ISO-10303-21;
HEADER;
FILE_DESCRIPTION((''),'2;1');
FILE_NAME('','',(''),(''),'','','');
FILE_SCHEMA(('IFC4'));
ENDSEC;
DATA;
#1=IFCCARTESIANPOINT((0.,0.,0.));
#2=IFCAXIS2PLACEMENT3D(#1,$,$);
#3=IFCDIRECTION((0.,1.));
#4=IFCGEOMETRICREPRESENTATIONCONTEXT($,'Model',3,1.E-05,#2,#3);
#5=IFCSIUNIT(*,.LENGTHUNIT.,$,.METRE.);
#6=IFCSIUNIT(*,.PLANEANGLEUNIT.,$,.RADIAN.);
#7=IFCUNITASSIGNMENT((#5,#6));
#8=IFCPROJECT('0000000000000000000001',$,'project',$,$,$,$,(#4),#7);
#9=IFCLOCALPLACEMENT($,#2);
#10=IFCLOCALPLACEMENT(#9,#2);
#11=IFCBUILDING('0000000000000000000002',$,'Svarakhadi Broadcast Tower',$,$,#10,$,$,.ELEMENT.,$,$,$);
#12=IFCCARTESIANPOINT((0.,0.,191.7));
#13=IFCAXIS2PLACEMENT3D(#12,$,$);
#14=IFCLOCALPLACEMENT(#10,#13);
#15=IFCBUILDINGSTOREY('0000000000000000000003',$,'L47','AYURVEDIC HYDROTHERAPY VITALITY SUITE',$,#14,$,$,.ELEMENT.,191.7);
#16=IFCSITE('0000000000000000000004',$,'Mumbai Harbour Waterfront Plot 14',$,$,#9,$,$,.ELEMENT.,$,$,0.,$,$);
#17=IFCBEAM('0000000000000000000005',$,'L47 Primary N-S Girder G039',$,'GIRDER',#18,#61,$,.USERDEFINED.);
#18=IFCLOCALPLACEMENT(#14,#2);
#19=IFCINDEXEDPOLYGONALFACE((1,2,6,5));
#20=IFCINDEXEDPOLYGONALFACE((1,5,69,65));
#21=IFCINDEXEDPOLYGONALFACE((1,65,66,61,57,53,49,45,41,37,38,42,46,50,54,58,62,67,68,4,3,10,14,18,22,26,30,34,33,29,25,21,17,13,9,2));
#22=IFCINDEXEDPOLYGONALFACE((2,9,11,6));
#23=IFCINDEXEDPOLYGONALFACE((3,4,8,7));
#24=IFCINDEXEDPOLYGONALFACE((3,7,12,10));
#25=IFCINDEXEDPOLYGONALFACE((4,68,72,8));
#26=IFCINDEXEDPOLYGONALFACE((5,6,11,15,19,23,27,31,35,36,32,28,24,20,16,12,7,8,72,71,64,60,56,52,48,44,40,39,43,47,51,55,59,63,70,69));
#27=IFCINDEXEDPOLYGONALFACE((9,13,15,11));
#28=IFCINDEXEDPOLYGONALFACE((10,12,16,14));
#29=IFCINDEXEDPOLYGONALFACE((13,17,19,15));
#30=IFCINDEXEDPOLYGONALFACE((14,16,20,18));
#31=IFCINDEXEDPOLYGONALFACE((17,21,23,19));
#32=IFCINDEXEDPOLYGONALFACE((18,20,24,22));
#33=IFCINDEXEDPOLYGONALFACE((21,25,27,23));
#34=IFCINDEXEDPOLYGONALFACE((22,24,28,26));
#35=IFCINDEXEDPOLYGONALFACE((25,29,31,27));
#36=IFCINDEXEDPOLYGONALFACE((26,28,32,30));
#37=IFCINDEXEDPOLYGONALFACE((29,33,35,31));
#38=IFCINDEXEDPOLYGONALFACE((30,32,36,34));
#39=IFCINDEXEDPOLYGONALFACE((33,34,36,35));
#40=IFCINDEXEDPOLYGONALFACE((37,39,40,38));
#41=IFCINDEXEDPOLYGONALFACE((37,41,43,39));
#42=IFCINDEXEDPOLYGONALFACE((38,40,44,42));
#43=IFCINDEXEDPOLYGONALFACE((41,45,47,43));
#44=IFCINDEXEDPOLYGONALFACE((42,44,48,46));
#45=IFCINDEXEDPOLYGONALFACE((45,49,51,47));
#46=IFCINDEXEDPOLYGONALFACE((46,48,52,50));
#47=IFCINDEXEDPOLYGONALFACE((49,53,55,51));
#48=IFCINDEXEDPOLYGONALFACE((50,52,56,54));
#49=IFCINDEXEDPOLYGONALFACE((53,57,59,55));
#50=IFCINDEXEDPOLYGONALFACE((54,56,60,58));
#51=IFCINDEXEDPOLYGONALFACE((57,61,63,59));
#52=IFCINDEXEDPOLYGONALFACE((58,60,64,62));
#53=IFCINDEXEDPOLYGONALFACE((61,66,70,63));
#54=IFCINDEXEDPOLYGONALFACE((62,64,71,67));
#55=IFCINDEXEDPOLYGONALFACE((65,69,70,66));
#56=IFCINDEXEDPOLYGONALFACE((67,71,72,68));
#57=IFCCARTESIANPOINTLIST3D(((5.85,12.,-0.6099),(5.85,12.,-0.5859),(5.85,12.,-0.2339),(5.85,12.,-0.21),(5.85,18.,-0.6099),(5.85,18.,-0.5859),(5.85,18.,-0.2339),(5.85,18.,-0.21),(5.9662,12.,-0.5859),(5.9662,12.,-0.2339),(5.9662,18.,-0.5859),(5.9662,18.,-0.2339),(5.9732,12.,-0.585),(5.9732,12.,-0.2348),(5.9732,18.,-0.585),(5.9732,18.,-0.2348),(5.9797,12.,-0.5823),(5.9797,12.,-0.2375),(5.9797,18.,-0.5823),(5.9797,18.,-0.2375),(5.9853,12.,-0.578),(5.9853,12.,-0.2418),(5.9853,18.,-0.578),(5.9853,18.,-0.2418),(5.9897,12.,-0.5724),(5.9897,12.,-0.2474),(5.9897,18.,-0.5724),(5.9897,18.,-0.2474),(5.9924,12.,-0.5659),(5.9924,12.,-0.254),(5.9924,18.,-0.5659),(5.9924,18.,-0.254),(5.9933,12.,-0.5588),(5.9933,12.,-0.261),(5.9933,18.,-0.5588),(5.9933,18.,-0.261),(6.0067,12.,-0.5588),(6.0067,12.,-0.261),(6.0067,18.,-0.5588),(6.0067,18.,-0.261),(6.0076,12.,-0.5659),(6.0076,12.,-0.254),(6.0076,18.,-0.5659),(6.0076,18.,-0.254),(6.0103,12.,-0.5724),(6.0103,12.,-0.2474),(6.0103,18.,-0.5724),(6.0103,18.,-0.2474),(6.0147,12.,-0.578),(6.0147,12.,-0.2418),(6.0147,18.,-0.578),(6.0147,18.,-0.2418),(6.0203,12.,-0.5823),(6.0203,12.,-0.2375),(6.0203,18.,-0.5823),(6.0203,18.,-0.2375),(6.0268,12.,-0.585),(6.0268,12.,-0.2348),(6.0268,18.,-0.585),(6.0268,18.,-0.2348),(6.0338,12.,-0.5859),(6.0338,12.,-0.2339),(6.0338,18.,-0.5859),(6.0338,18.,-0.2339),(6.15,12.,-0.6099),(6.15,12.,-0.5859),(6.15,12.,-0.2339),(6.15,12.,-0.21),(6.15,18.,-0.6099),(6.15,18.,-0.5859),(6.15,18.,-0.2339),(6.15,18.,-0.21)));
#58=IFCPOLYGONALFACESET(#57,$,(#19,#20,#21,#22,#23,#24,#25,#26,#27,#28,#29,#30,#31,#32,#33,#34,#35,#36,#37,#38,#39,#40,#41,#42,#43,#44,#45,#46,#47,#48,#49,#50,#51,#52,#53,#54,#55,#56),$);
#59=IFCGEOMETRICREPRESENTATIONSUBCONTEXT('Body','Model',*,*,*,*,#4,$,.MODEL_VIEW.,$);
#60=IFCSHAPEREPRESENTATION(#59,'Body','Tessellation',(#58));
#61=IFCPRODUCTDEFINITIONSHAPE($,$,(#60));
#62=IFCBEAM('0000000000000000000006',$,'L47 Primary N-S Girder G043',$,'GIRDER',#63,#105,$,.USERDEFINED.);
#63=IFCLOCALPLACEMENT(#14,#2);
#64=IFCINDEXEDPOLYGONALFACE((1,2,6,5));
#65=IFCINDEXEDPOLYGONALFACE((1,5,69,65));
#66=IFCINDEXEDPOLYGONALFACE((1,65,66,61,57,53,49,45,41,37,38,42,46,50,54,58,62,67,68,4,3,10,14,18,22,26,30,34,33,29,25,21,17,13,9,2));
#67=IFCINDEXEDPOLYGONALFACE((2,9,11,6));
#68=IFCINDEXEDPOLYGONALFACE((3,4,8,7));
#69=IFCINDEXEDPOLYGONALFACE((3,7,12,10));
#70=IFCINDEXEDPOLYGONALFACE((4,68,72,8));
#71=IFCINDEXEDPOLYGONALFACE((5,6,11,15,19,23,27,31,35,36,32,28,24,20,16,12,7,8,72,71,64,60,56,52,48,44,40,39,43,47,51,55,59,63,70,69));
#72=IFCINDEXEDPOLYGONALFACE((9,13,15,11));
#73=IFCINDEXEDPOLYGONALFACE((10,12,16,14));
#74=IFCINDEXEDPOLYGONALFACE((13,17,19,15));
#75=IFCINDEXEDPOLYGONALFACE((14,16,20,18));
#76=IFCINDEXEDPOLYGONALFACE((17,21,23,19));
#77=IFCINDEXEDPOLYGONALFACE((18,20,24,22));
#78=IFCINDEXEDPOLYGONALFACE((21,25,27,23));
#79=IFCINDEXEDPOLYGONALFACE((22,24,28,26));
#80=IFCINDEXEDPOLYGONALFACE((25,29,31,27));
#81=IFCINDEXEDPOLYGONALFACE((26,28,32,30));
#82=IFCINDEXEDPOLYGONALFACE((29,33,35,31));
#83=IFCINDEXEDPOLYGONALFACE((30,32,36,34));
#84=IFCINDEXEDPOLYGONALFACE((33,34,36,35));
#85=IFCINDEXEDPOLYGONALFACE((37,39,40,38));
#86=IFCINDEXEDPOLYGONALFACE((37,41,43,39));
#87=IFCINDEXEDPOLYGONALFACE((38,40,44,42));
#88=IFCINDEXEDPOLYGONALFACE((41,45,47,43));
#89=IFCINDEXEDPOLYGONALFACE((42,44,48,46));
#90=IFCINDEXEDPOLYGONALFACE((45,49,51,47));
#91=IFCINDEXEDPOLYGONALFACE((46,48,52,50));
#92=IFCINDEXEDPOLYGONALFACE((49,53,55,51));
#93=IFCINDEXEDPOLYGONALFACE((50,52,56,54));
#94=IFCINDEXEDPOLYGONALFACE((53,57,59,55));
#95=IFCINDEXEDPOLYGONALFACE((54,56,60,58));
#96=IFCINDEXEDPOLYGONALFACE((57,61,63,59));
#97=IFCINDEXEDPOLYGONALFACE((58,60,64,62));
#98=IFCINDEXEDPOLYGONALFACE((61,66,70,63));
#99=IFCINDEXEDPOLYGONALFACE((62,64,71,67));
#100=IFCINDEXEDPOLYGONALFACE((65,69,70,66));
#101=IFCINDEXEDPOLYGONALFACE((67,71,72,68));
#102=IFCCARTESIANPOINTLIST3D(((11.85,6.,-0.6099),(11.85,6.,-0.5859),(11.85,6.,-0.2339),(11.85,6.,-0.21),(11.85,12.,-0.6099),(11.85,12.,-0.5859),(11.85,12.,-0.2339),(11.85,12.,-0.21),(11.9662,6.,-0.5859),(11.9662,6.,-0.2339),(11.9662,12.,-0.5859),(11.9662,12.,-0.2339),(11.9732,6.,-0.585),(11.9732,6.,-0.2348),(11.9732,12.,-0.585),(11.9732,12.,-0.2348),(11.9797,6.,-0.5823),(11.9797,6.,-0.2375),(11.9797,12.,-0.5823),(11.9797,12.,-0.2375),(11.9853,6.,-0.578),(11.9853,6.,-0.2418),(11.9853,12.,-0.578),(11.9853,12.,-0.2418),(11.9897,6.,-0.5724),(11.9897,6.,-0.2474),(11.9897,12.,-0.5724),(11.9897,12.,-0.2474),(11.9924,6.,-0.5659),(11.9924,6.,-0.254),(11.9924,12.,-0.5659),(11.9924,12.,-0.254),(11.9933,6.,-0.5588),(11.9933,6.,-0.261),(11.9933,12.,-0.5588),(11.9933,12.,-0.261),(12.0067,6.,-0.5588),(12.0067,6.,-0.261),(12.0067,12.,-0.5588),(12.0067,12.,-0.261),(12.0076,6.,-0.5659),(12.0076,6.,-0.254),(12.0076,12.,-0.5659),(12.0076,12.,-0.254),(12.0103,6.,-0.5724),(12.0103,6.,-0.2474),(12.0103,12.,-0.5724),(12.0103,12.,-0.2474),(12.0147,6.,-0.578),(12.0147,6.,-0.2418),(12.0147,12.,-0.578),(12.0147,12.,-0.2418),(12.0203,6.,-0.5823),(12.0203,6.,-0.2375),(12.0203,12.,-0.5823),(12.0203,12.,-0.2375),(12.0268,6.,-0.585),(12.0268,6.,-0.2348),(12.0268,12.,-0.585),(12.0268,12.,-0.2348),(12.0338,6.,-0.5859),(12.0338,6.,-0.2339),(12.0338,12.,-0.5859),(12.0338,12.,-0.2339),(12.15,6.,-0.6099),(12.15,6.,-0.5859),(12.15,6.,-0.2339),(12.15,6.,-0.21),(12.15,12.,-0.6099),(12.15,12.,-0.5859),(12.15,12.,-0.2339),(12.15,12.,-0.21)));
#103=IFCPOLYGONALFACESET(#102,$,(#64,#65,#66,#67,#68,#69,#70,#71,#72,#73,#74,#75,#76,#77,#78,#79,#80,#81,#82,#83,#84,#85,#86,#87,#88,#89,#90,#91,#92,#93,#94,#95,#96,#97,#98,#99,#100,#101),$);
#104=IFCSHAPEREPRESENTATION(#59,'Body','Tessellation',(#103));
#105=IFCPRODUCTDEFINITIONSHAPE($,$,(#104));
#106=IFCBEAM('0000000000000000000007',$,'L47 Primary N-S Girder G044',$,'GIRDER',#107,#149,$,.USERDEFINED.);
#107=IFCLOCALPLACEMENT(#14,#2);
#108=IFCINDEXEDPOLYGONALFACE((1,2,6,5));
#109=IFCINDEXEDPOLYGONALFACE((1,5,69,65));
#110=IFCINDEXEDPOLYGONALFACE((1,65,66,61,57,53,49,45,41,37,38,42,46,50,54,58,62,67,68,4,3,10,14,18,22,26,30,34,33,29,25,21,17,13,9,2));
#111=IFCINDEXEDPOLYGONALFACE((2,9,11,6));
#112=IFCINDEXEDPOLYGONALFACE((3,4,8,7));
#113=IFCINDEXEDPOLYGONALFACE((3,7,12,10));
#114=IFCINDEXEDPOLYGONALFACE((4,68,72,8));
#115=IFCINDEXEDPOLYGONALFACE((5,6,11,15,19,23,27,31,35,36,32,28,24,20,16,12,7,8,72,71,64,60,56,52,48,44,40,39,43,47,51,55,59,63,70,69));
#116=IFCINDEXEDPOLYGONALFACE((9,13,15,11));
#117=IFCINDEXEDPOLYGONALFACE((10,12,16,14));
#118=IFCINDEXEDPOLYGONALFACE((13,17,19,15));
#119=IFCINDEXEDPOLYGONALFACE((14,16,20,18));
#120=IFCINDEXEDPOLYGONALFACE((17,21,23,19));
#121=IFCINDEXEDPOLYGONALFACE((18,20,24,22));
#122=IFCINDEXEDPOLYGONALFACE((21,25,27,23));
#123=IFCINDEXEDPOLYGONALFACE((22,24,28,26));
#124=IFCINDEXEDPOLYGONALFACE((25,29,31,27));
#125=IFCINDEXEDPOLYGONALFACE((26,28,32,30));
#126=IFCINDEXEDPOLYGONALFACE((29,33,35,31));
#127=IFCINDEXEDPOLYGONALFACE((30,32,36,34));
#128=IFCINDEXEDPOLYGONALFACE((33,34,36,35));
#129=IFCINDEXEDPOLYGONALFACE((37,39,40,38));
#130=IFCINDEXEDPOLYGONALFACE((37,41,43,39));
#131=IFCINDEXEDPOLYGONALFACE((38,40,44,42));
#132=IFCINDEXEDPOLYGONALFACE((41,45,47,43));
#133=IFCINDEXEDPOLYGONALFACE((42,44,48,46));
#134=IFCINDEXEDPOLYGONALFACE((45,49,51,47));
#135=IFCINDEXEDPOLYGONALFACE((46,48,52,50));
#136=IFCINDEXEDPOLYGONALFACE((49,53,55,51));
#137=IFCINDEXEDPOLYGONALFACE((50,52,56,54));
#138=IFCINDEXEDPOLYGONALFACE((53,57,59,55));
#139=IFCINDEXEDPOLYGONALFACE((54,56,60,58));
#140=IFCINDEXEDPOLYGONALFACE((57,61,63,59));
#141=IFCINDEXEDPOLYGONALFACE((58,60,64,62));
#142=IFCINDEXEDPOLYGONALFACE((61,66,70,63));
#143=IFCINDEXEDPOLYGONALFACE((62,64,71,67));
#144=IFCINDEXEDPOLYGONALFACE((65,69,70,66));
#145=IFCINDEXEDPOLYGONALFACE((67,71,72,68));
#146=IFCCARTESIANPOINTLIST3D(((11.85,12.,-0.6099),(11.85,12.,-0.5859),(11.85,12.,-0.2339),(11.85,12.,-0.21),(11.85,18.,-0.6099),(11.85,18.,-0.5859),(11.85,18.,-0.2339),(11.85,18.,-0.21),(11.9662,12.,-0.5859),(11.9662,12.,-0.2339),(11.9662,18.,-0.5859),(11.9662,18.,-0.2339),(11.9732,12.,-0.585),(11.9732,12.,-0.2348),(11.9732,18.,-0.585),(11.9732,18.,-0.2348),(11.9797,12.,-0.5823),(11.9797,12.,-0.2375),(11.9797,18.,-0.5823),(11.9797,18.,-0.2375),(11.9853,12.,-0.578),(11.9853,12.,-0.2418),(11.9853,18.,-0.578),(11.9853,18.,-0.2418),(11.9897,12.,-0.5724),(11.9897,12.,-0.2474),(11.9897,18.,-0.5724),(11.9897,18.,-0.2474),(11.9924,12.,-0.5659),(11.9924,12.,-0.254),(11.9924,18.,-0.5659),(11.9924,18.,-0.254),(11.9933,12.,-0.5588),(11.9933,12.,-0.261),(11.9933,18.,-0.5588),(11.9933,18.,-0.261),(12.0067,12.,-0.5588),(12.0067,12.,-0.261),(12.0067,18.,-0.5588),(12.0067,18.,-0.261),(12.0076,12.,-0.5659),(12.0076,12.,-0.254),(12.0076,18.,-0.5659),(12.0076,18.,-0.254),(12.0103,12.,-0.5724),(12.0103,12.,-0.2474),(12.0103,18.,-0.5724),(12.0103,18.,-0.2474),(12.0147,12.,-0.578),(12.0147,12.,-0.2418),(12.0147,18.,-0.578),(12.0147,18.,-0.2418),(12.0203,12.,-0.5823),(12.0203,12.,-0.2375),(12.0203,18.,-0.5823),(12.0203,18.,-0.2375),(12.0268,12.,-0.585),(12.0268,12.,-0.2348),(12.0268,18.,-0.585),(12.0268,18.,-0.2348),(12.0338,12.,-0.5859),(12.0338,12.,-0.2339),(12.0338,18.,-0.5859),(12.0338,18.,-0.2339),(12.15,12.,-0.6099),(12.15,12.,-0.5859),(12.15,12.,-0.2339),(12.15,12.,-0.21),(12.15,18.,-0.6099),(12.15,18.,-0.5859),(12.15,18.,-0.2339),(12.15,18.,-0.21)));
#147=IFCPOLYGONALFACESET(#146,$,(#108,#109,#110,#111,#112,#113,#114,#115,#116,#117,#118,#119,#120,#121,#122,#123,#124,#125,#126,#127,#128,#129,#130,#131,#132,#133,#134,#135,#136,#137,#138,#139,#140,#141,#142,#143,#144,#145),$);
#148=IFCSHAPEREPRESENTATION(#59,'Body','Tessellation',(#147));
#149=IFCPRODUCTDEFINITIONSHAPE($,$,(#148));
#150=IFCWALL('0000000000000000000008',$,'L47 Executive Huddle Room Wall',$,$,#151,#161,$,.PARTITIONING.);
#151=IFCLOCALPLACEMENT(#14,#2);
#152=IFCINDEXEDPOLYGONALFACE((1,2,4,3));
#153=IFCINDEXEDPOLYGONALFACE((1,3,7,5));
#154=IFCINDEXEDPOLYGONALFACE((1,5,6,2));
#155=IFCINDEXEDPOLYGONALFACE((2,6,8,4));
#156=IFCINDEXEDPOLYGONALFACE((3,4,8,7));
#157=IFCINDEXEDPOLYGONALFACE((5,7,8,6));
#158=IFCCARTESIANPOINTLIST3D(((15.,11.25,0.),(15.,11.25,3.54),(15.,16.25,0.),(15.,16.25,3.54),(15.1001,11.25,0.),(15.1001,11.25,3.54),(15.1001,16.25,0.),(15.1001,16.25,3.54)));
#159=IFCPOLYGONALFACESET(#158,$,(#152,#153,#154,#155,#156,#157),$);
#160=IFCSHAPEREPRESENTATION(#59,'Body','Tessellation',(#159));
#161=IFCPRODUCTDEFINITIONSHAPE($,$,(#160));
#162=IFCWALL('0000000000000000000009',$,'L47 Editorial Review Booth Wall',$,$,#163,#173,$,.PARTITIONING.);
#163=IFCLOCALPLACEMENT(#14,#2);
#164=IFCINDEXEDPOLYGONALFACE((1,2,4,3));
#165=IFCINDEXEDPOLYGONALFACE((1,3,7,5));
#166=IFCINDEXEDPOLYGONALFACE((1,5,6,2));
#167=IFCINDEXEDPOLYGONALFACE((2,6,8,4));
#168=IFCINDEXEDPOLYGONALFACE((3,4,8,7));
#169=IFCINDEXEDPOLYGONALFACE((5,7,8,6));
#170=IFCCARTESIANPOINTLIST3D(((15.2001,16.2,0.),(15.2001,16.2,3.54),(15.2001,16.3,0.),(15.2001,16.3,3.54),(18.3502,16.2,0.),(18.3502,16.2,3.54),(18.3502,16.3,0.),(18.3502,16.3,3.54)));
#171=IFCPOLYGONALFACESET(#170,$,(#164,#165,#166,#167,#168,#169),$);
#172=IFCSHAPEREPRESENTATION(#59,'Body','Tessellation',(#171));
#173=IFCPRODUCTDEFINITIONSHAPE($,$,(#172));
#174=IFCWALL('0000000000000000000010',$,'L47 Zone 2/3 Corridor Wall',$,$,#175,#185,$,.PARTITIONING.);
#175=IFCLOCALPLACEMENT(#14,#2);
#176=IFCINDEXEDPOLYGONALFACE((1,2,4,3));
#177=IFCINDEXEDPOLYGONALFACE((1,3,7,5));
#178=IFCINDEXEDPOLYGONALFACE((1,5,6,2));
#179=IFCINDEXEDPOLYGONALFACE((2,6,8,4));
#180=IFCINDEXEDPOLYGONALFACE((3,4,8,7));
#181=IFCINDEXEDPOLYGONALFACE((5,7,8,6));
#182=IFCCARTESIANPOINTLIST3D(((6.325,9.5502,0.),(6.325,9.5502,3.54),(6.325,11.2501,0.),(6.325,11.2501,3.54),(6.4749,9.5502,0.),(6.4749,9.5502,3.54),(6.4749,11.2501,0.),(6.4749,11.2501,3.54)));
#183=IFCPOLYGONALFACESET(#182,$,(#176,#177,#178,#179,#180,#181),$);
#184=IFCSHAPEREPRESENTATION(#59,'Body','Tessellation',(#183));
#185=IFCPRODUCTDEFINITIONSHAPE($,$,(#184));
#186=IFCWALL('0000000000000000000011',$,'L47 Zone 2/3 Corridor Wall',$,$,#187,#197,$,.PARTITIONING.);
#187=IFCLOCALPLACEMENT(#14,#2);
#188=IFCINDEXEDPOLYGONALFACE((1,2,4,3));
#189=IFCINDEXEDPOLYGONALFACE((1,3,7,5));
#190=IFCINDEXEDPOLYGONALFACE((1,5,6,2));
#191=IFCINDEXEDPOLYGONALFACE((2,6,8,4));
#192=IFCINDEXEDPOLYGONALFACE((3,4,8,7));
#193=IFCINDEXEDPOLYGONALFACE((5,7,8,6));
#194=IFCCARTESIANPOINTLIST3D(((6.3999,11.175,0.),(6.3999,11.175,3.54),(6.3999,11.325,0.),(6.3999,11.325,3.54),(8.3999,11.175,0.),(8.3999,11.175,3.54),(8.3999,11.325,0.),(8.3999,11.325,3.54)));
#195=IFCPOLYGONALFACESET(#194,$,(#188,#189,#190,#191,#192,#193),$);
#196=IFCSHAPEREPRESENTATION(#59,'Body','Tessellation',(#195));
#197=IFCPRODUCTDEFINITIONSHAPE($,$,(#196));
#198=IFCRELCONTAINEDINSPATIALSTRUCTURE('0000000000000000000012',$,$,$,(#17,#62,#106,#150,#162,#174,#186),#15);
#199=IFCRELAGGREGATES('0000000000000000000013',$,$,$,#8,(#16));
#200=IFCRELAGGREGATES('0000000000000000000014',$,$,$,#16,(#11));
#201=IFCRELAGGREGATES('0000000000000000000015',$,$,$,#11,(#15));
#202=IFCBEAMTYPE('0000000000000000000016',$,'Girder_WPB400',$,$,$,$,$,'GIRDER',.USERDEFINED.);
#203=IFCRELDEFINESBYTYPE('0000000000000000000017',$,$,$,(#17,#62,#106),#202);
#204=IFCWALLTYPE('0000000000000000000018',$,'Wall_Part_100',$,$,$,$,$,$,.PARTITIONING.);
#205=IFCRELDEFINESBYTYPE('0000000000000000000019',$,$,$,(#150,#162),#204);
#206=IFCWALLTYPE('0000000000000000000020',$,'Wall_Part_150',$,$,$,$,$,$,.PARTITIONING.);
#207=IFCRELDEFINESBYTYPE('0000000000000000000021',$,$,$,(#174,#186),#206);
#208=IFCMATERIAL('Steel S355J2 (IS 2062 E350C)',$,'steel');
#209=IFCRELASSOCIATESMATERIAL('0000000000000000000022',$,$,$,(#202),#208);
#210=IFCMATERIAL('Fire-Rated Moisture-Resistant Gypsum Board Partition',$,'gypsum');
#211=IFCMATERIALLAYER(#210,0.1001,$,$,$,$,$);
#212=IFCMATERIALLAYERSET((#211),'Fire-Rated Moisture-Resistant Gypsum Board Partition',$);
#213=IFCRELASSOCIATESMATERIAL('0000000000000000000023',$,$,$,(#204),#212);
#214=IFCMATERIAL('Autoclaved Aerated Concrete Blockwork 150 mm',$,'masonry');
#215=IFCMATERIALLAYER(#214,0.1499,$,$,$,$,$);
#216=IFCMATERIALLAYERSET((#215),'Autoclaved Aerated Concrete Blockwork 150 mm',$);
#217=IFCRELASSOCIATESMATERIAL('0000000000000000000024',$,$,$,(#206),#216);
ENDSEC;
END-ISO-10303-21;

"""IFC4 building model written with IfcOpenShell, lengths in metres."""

from ifc_helpers import new_model, si_unit, direction, frame, frame_2d, origin, origin_2d, place, context, subcontext, project, spatial, rectangle, i_section, extrude, material, layer, layer_set, material_profile, profile_set, type_object, element, save


model = new_model("IFC4")

# Units and contexts
model_context = context("Model", 3, precision=1e-05, world=origin(), true_north=direction((0.0, 1.0)))
body_context = subcontext(model_context, "Body", "Model", "MODEL_VIEW")
ifc_project = project(units=[si_unit("LENGTHUNIT", "METRE"), si_unit("PLANEANGLEUNIT", "RADIAN")], contexts=[model_context])

# Site, building, storey
site_placement = place(None, origin())
site = spatial("IfcSite", under=ifc_project, at=site_placement, Name="Mumbai Harbour Waterfront Plot 14", CompositionType="ELEMENT", RefElevation=0.0)
building_placement = place(site_placement, origin())
building = spatial("IfcBuilding", under=site, at=building_placement, Name="Svarakhadi Broadcast Tower", CompositionType="ELEMENT")
storey_placement = place(building_placement, frame((0.0, 0.0, 191.7)))
storey = spatial("IfcBuildingStorey", under=building, at=storey_placement, Name="L47", Description="AYURVEDIC HYDROTHERAPY VITALITY SUITE", CompositionType="ELEMENT", Elevation=191.7)

# Beams
ifc_material_1 = material(Name="Steel S355J2 (IS 2062 E350C)", Category="steel")
ifc_material_profile_1 = material_profile(ifc_material_1, i_section(OverallWidth=0.3, OverallDepth=0.3999, WebThickness=0.0134, FlangeThickness=0.0239, FilletRadius=0.0271, at=origin_2d()), Name="WPB 400x300x155")
ifc_profile_set_1 = profile_set([ifc_material_profile_1], Name="Steel S355J2 (IS 2062 E350C)")
beam_type_1 = type_object("IfcBeamType", Name="Girder_WPB400", ElementType="GIRDER", PredefinedType="USERDEFINED", material=ifc_profile_set_1)
for number, where, z_axis, x_axis, name in (
    (1, (6.0, 12.0, -0.4099), (0.0, 1.0, 0.0), (-1.0, 0.0, 0.0), "L47 Primary N-S Girder G039"),
    (2, (12.0, 6.0, -0.4099), (0.0, 1.0, 0.0), (-1.0, 0.0, 0.0), "L47 Primary N-S Girder G043"),
    (3, (12.0, 12.0, -0.4099), (0.0, 1.0, 0.0), (-1.0, 0.0, 0.0), "L47 Primary N-S Girder G044"),
):
    element("IfcBeam", number, at=place(storey_placement, frame(where, z_axis=z_axis, x_axis=x_axis)), inside=storey, type_object=beam_type_1, Name=name, ObjectType="GIRDER", PredefinedType="USERDEFINED", context=body_context, shape_type="SweptSolid", body=[
        extrude(i_section(OverallWidth=0.3, OverallDepth=0.3999, WebThickness=0.0134, FlangeThickness=0.0239, FilletRadius=0.0271, at=origin_2d()), origin(), (0.0, 0.0, 1.0), 6.0),
    ])

# Walls
ifc_material_2 = material(Name="Fire-Rated Moisture-Resistant Gypsum Board Partition", Category="gypsum")
ifc_layer_1 = layer(ifc_material_2, 0.1001)
ifc_layer_set_1 = layer_set([ifc_layer_1], Name="Fire-Rated Moisture-Resistant Gypsum Board Partition")
wall_type_1 = type_object("IfcWallType", Name="Wall_Part_100", PredefinedType="PARTITIONING", material=ifc_layer_set_1)
wall_1_placement = place(storey_placement, frame((15.05, 11.25, 0.0), z_axis=(0.0, 0.0, 1.0), x_axis=(0.0, 1.0, 0.0)))
element("IfcWall", 4, at=wall_1_placement, inside=storey, type_object=wall_type_1, Name="L47 Executive Huddle Room Wall", PredefinedType="PARTITIONING", context=body_context, shape_type="SweptSolid", body=[
    extrude(rectangle(XDim=5.0, YDim=0.1001, at=frame_2d((2.5, 0.0))), origin(), (0.0, 0.0, 1.0), 3.54),
])
wall_2_placement = place(storey_placement, frame((15.2, 16.25, 0.0), z_axis=(0.0, 0.0, 1.0), x_axis=(1.0, 0.0, 0.0)))
element("IfcWall", 5, at=wall_2_placement, inside=storey, type_object=wall_type_1, Name="L47 Editorial Review Booth Wall", PredefinedType="PARTITIONING", context=body_context, shape_type="SweptSolid", body=[
    extrude(rectangle(XDim=3.1501, YDim=0.1001, at=frame_2d((1.5752, 0.0))), origin(), (0.0, 0.0, 1.0), 3.54),
])
ifc_material_3 = material(Name="Autoclaved Aerated Concrete Blockwork 150 mm", Category="masonry")
ifc_layer_2 = layer(ifc_material_3, 0.1499)
ifc_layer_set_2 = layer_set([ifc_layer_2], Name="Autoclaved Aerated Concrete Blockwork 150 mm")
wall_type_2 = type_object("IfcWallType", Name="Wall_Part_150", PredefinedType="PARTITIONING", material=ifc_layer_set_2)
wall_3_placement = place(storey_placement, frame((6.3999, 9.55, 0.0), z_axis=(0.0, 0.0, 1.0), x_axis=(0.0, 1.0, 0.0)))
element("IfcWall", 6, at=wall_3_placement, inside=storey, type_object=wall_type_2, Name="L47 Zone 2/3 Corridor Wall", PredefinedType="PARTITIONING", context=body_context, shape_type="SweptSolid", body=[
    extrude(rectangle(XDim=1.7, YDim=0.1499, at=frame_2d((0.8501, 0.0))), origin(), (0.0, 0.0, 1.0), 3.54),
])
wall_4_placement = place(storey_placement, frame((6.3999, 11.25, 0.0), z_axis=(0.0, 0.0, 1.0), x_axis=(1.0, 0.0, 0.0)))
element("IfcWall", 7, at=wall_4_placement, inside=storey, type_object=wall_type_2, Name="L47 Zone 2/3 Corridor Wall", PredefinedType="PARTITIONING", context=body_context, shape_type="SweptSolid", body=[
    extrude(rectangle(XDim=2.0, YDim=0.1499, at=frame_2d((1.0, 0.0))), origin(), (0.0, 0.0, 1.0), 3.54),
])

save(model, "model.ifc")
